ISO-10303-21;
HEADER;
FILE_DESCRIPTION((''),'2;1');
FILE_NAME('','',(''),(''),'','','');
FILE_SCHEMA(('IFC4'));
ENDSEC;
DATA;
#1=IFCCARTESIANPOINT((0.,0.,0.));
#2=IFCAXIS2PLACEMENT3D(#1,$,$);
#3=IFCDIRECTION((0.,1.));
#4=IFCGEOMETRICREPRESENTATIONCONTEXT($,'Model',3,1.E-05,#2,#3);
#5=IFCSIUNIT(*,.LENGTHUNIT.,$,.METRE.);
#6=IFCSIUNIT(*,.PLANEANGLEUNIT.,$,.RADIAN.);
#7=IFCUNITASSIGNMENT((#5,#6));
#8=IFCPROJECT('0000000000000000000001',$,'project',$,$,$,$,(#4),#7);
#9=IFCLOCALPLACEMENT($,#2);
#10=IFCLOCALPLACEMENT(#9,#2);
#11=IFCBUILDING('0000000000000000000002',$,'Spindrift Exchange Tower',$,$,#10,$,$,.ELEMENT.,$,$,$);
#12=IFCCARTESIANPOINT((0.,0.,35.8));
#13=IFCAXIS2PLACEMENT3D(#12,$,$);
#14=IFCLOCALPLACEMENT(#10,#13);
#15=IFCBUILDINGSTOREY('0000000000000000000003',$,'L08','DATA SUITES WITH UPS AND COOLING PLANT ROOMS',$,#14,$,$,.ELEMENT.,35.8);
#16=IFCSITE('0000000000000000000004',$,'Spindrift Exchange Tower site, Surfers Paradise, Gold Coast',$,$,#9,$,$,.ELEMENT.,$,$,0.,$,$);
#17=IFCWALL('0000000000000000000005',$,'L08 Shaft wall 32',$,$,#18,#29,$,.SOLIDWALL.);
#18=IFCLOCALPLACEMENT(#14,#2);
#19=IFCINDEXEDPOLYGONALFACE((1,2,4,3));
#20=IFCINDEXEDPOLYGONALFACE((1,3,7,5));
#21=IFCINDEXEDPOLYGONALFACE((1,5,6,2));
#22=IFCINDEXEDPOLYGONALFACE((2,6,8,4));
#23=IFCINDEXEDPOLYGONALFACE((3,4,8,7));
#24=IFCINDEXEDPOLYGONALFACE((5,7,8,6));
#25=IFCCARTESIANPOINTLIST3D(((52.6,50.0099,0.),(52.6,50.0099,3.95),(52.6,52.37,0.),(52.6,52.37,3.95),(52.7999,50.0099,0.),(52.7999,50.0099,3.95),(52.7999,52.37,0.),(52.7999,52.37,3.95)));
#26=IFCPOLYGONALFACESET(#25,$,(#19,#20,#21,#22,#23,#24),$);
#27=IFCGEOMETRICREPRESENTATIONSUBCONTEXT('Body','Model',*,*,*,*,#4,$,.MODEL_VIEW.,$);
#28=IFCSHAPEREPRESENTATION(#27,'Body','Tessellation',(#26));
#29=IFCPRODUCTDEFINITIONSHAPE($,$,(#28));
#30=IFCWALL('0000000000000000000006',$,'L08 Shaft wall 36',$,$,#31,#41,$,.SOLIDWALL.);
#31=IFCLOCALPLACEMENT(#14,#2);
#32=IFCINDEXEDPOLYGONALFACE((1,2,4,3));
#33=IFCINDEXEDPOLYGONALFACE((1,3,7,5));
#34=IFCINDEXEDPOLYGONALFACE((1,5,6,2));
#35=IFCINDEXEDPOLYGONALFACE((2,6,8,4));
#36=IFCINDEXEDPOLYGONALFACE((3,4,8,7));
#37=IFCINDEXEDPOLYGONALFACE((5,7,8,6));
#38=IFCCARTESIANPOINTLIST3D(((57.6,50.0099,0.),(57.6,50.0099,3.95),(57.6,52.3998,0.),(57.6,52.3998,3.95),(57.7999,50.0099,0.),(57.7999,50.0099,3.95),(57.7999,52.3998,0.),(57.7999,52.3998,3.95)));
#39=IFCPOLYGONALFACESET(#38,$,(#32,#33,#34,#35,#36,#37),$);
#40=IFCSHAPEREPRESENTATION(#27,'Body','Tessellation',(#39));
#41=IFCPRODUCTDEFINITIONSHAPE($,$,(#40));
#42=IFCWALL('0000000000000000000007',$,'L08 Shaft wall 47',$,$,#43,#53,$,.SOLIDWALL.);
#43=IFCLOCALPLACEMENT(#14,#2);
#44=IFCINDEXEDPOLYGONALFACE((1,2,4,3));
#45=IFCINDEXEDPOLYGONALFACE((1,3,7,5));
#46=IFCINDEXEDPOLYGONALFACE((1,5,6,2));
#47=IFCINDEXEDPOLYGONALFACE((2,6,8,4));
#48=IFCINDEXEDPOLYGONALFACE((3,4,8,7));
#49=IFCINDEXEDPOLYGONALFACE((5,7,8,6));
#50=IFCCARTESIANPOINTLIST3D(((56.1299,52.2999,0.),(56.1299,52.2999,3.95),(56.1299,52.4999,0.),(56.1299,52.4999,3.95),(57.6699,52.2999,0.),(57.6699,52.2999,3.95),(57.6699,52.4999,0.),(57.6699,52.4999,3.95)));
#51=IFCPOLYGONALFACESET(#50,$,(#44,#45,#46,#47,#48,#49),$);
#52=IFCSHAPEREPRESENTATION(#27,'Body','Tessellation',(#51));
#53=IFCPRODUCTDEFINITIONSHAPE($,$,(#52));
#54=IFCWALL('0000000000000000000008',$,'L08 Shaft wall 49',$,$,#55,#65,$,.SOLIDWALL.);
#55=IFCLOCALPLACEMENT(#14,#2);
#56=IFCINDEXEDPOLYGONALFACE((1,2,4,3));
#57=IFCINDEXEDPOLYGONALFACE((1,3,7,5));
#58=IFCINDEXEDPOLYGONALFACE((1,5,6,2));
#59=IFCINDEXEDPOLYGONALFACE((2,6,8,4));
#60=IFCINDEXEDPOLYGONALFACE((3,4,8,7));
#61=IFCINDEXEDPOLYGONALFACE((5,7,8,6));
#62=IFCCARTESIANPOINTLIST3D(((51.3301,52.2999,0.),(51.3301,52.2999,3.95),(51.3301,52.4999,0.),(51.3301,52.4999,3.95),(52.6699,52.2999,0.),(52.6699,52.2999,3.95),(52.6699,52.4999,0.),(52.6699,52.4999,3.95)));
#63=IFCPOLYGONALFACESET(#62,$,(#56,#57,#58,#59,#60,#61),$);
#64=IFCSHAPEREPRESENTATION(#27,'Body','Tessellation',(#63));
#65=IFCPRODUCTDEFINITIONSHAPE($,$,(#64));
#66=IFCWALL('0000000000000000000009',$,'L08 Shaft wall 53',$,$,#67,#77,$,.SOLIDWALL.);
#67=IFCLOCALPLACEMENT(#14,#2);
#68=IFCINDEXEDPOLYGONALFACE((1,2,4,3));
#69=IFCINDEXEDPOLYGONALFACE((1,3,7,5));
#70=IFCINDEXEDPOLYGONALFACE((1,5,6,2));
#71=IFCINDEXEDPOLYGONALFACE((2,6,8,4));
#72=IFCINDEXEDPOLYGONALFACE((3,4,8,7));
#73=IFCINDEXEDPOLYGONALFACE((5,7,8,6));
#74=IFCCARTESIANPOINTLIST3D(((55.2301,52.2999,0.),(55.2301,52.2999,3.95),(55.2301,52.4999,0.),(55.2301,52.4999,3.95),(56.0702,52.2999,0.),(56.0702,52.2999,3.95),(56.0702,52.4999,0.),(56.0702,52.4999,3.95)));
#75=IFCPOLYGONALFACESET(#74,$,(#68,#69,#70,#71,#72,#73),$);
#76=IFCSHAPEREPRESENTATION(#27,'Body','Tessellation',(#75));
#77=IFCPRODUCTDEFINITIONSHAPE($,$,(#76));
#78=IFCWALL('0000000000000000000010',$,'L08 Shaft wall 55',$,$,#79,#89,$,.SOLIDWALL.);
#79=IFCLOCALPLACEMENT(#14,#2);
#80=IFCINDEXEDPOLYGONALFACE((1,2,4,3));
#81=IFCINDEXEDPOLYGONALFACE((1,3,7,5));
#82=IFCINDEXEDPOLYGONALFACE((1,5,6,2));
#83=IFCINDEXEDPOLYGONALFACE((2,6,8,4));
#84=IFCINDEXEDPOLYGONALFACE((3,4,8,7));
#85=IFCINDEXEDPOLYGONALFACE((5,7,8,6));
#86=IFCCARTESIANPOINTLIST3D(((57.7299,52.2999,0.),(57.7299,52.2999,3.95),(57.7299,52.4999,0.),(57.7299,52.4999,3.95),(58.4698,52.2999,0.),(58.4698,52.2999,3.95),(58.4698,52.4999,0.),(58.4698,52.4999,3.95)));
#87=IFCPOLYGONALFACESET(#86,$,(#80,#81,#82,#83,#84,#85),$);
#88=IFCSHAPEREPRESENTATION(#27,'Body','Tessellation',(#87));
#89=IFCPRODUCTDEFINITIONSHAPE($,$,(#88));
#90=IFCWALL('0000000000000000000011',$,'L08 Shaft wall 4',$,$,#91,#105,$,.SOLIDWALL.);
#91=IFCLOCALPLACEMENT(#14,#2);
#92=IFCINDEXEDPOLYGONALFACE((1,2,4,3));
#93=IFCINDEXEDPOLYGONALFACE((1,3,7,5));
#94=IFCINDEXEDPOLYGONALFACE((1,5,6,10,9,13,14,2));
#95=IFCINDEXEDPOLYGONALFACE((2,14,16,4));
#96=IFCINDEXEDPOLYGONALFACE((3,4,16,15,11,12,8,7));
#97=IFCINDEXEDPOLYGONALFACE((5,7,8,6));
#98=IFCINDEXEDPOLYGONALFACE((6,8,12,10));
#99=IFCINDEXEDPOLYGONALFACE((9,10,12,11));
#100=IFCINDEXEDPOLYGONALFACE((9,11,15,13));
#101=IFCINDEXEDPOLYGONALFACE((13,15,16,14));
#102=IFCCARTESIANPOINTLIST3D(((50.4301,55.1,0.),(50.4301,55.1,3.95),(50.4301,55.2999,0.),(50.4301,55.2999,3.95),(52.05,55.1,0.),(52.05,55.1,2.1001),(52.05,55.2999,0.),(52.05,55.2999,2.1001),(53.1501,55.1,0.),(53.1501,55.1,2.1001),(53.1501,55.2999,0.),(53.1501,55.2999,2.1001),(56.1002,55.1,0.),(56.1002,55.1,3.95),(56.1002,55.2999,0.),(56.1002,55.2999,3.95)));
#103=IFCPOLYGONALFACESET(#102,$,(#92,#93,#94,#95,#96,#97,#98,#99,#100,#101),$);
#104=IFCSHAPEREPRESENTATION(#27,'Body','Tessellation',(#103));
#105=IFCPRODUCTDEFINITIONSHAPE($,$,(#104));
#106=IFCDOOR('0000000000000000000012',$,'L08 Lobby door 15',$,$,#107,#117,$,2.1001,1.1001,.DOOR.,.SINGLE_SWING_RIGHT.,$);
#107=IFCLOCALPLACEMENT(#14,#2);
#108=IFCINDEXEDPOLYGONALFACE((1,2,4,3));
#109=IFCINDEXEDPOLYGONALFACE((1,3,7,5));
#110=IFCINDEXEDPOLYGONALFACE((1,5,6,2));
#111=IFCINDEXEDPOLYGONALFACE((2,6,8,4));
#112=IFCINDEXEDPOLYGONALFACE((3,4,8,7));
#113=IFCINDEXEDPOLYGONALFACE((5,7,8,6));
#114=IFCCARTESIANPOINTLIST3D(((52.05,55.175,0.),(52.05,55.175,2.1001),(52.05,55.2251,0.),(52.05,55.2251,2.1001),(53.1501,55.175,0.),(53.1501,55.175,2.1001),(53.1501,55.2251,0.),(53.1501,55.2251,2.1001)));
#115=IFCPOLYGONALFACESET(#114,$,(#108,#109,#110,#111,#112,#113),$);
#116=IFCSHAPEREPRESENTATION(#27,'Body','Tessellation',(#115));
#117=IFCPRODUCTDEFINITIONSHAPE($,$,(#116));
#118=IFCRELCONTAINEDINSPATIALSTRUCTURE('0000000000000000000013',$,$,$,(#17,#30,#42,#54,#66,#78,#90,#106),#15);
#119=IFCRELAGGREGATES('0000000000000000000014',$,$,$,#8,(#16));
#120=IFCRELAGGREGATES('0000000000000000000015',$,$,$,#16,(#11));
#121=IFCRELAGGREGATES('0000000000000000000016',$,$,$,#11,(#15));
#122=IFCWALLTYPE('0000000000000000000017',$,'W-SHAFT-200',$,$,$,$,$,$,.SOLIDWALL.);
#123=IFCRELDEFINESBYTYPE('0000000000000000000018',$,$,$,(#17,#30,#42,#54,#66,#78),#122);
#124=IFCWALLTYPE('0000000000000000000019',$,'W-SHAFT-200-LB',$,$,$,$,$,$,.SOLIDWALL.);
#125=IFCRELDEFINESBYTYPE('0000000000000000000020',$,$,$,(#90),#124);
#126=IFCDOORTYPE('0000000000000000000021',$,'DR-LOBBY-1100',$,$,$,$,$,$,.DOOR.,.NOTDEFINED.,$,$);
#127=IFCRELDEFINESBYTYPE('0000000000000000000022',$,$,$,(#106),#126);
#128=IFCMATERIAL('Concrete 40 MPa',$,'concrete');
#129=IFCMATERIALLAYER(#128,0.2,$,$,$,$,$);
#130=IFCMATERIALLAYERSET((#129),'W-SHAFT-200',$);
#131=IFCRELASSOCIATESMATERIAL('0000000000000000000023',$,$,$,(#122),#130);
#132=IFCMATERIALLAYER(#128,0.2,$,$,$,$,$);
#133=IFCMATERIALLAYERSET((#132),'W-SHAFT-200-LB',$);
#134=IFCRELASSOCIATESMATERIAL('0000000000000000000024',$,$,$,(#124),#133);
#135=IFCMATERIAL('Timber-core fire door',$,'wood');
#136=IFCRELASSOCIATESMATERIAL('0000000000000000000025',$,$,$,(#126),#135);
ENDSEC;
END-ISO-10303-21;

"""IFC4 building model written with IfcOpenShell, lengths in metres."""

from ifc_helpers import new_model, si_unit, direction, frame, frame_2d, origin, place, context, subcontext, project, spatial, rectangle, extrude, source, transform, mapped, material, layer, layer_set, type_object, element, fill, save


model = new_model("IFC4")

# Units and contexts
model_context = context("Model", 3, precision=1e-05, world=origin(), true_north=direction((0.0, 1.0)))
body_context = subcontext(model_context, "Body", "Model", "MODEL_VIEW")
ifc_project = project(units=[si_unit("LENGTHUNIT", "METRE"), si_unit("PLANEANGLEUNIT", "RADIAN")], contexts=[model_context])

# Site, building, storey
site_placement = place(None, origin())
site = spatial("IfcSite", under=ifc_project, at=site_placement, Name="Spindrift Exchange Tower site, Surfers Paradise, Gold Coast", CompositionType="ELEMENT", RefElevation=0.0)
building_placement = place(site_placement, origin())
building = spatial("IfcBuilding", under=site, at=building_placement, Name="Spindrift Exchange Tower", CompositionType="ELEMENT")
storey_placement = place(building_placement, frame((0.0, 0.0, 35.8)))
storey = spatial("IfcBuildingStorey", under=building, at=storey_placement, Name="L08", Description="DATA SUITES WITH UPS AND COOLING PLANT ROOMS", CompositionType="ELEMENT", Elevation=35.8)

# Shared definitions
ifc_material_1 = material(Name="Concrete 40 MPa", Category="concrete")
ifc_layer_1 = layer(ifc_material_1, 0.2)
ifc_layer_set_1 = layer_set([ifc_layer_1], Name="W-SHAFT-200")
wall_type_1 = type_object("IfcWallType", Name="W-SHAFT-200", PredefinedType="SOLIDWALL", material=ifc_layer_set_1)

# Walls
wall_1_placement = place(storey_placement, frame((52.7, 52.3701, 0.0), z_axis=(0.0, 0.0, 1.0), x_axis=(0.0, -1.0, 0.0)))
element("IfcWall", 1, at=wall_1_placement, inside=storey, type_object=wall_type_1, Name="L08 Shaft wall 32", PredefinedType="SOLIDWALL", context=body_context, shape_type="SweptSolid", body=[
    extrude(rectangle(XDim=2.3601, YDim=0.2, at=frame_2d((1.1802, 0.0))), origin(), (0.0, 0.0, 1.0), 3.95),
])
wall_2_placement = place(storey_placement, frame((57.7, 50.01, 0.0), z_axis=(0.0, 0.0, 1.0), x_axis=(0.0, 1.0, 0.0)))
element("IfcWall", 2, at=wall_2_placement, inside=storey, type_object=wall_type_1, Name="L08 Shaft wall 36", PredefinedType="SOLIDWALL", context=body_context, shape_type="SweptSolid", body=[
    extrude(rectangle(XDim=2.3899, YDim=0.2, at=frame_2d((1.1948, 0.0))), origin(), (0.0, 0.0, 1.0), 3.95),
])
wall_3_placement = place(storey_placement, frame((57.6699, 52.3999, 0.0), z_axis=(0.0, 0.0, 1.0), x_axis=(-1.0, 0.0, 0.0)))
element("IfcWall", 3, at=wall_3_placement, inside=storey, type_object=wall_type_1, Name="L08 Shaft wall 47", PredefinedType="SOLIDWALL", context=body_context, shape_type="SweptSolid", body=[
    extrude(rectangle(XDim=1.54, YDim=0.2, at=frame_2d((0.77, 0.0))), origin(), (0.0, 0.0, 1.0), 3.95),
])
wall_4_placement = place(storey_placement, frame((51.3301, 52.3999, 0.0), z_axis=(0.0, 0.0, 1.0), x_axis=(1.0, 0.0, 0.0)))
element("IfcWall", 4, at=wall_4_placement, inside=storey, type_object=wall_type_1, Name="L08 Shaft wall 49", PredefinedType="SOLIDWALL", context=body_context, shape_type="SweptSolid", body=[
    extrude(rectangle(XDim=1.3398, YDim=0.2, at=frame_2d((0.6699, 0.0))), origin(), (0.0, 0.0, 1.0), 3.95),
])
wall_5_placement = place(storey_placement, frame((56.0701, 52.3999, 0.0), z_axis=(0.0, 0.0, 1.0), x_axis=(-1.0, 0.0, 0.0)))
element("IfcWall", 5, at=wall_5_placement, inside=storey, type_object=wall_type_1, Name="L08 Shaft wall 53", PredefinedType="SOLIDWALL", context=body_context, shape_type="SweptSolid", body=[
    extrude(rectangle(XDim=0.8401, YDim=0.2, at=frame_2d((0.4199, 0.0))), origin(), (0.0, 0.0, 1.0), 3.95),
])
wall_6_placement = place(storey_placement, frame((58.47, 52.3999, 0.0), z_axis=(0.0, 0.0, 1.0), x_axis=(-1.0, 0.0, 0.0)))
element("IfcWall", 6, at=wall_6_placement, inside=storey, type_object=wall_type_1, Name="L08 Shaft wall 55", PredefinedType="SOLIDWALL", context=body_context, shape_type="SweptSolid", body=[
    extrude(rectangle(XDim=0.74, YDim=0.2, at=frame_2d((0.3701, 0.0))), origin(), (0.0, 0.0, 1.0), 3.95),
])

# Wall, opening, door
ifc_layer_2 = layer(ifc_material_1, 0.2)
ifc_layer_set_2 = layer_set([ifc_layer_2], Name="W-SHAFT-200-LB")
wall_type_2 = type_object("IfcWallType", Name="W-SHAFT-200-LB", PredefinedType="SOLIDWALL", material=ifc_layer_set_2)
wall_7_placement = place(storey_placement, frame((56.1001, 55.2, 0.0), z_axis=(0.0, 0.0, 1.0), x_axis=(-1.0, 0.0, 0.0)))
wall_7 = element("IfcWall", 7, at=wall_7_placement, inside=storey, type_object=wall_type_2, Name="L08 Shaft wall 4", PredefinedType="SOLIDWALL", context=body_context, shape_type="SweptSolid", body=[
    extrude(rectangle(XDim=5.6702, YDim=0.2, at=frame_2d((2.835, 0.0))), origin(), (0.0, 0.0, 1.0), 3.95),
])
opening_1_placement = place(wall_7_placement, frame((2.95, 0.0, 0.0)))
opening_1 = element("IfcOpeningElement", 8, at=opening_1_placement, cuts=wall_7, PredefinedType="OPENING", context=body_context, shape_type="SweptSolid", body=[
    extrude(rectangle(XDim=1.1001, YDim=2.1001, at=frame_2d((0.55, 1.05))), frame((0.0, 0.1099, 0.0), z_axis=(0.0, -1.0, 0.0), x_axis=(1.0, 0.0, 0.0)), (0.0, 0.0, 1.0), 0.22),
])
ifc_material_2 = material(Name="Timber-core fire door", Category="wood")
door_type_1 = type_object("IfcDoorType", Name="DR-LOBBY-1100", OperationType="NOTDEFINED", PredefinedType="DOOR", material=ifc_material_2)
shared_shape_1 = source(origin(), body_context, "Body", "SweptSolid", [
    extrude(rectangle(XDim=1.1001, YDim=2.1001, at=frame_2d((0.55, 1.05))), frame((0.0, 0.0249, 0.0), z_axis=(0.0, -1.0, 0.0), x_axis=(1.0, 0.0, 0.0)), (0.0, 0.0, 1.0), 0.05),
])
door_1_placement = place(opening_1_placement, origin())
door_1 = element("IfcDoor", 9, at=door_1_placement, inside=storey, type_object=door_type_1, Name="L08 Lobby door 15", OperationType="SINGLE_SWING_RIGHT", OverallHeight=2.1001, OverallWidth=1.1001, PredefinedType="DOOR", context=body_context, shape_type="MappedRepresentation", body=[
    mapped(shared_shape_1, transform((0.0, 0.0, 0.0), scale=1.0)),
])
fill(opening_1, door_1)

save(model, "model.ifc")
